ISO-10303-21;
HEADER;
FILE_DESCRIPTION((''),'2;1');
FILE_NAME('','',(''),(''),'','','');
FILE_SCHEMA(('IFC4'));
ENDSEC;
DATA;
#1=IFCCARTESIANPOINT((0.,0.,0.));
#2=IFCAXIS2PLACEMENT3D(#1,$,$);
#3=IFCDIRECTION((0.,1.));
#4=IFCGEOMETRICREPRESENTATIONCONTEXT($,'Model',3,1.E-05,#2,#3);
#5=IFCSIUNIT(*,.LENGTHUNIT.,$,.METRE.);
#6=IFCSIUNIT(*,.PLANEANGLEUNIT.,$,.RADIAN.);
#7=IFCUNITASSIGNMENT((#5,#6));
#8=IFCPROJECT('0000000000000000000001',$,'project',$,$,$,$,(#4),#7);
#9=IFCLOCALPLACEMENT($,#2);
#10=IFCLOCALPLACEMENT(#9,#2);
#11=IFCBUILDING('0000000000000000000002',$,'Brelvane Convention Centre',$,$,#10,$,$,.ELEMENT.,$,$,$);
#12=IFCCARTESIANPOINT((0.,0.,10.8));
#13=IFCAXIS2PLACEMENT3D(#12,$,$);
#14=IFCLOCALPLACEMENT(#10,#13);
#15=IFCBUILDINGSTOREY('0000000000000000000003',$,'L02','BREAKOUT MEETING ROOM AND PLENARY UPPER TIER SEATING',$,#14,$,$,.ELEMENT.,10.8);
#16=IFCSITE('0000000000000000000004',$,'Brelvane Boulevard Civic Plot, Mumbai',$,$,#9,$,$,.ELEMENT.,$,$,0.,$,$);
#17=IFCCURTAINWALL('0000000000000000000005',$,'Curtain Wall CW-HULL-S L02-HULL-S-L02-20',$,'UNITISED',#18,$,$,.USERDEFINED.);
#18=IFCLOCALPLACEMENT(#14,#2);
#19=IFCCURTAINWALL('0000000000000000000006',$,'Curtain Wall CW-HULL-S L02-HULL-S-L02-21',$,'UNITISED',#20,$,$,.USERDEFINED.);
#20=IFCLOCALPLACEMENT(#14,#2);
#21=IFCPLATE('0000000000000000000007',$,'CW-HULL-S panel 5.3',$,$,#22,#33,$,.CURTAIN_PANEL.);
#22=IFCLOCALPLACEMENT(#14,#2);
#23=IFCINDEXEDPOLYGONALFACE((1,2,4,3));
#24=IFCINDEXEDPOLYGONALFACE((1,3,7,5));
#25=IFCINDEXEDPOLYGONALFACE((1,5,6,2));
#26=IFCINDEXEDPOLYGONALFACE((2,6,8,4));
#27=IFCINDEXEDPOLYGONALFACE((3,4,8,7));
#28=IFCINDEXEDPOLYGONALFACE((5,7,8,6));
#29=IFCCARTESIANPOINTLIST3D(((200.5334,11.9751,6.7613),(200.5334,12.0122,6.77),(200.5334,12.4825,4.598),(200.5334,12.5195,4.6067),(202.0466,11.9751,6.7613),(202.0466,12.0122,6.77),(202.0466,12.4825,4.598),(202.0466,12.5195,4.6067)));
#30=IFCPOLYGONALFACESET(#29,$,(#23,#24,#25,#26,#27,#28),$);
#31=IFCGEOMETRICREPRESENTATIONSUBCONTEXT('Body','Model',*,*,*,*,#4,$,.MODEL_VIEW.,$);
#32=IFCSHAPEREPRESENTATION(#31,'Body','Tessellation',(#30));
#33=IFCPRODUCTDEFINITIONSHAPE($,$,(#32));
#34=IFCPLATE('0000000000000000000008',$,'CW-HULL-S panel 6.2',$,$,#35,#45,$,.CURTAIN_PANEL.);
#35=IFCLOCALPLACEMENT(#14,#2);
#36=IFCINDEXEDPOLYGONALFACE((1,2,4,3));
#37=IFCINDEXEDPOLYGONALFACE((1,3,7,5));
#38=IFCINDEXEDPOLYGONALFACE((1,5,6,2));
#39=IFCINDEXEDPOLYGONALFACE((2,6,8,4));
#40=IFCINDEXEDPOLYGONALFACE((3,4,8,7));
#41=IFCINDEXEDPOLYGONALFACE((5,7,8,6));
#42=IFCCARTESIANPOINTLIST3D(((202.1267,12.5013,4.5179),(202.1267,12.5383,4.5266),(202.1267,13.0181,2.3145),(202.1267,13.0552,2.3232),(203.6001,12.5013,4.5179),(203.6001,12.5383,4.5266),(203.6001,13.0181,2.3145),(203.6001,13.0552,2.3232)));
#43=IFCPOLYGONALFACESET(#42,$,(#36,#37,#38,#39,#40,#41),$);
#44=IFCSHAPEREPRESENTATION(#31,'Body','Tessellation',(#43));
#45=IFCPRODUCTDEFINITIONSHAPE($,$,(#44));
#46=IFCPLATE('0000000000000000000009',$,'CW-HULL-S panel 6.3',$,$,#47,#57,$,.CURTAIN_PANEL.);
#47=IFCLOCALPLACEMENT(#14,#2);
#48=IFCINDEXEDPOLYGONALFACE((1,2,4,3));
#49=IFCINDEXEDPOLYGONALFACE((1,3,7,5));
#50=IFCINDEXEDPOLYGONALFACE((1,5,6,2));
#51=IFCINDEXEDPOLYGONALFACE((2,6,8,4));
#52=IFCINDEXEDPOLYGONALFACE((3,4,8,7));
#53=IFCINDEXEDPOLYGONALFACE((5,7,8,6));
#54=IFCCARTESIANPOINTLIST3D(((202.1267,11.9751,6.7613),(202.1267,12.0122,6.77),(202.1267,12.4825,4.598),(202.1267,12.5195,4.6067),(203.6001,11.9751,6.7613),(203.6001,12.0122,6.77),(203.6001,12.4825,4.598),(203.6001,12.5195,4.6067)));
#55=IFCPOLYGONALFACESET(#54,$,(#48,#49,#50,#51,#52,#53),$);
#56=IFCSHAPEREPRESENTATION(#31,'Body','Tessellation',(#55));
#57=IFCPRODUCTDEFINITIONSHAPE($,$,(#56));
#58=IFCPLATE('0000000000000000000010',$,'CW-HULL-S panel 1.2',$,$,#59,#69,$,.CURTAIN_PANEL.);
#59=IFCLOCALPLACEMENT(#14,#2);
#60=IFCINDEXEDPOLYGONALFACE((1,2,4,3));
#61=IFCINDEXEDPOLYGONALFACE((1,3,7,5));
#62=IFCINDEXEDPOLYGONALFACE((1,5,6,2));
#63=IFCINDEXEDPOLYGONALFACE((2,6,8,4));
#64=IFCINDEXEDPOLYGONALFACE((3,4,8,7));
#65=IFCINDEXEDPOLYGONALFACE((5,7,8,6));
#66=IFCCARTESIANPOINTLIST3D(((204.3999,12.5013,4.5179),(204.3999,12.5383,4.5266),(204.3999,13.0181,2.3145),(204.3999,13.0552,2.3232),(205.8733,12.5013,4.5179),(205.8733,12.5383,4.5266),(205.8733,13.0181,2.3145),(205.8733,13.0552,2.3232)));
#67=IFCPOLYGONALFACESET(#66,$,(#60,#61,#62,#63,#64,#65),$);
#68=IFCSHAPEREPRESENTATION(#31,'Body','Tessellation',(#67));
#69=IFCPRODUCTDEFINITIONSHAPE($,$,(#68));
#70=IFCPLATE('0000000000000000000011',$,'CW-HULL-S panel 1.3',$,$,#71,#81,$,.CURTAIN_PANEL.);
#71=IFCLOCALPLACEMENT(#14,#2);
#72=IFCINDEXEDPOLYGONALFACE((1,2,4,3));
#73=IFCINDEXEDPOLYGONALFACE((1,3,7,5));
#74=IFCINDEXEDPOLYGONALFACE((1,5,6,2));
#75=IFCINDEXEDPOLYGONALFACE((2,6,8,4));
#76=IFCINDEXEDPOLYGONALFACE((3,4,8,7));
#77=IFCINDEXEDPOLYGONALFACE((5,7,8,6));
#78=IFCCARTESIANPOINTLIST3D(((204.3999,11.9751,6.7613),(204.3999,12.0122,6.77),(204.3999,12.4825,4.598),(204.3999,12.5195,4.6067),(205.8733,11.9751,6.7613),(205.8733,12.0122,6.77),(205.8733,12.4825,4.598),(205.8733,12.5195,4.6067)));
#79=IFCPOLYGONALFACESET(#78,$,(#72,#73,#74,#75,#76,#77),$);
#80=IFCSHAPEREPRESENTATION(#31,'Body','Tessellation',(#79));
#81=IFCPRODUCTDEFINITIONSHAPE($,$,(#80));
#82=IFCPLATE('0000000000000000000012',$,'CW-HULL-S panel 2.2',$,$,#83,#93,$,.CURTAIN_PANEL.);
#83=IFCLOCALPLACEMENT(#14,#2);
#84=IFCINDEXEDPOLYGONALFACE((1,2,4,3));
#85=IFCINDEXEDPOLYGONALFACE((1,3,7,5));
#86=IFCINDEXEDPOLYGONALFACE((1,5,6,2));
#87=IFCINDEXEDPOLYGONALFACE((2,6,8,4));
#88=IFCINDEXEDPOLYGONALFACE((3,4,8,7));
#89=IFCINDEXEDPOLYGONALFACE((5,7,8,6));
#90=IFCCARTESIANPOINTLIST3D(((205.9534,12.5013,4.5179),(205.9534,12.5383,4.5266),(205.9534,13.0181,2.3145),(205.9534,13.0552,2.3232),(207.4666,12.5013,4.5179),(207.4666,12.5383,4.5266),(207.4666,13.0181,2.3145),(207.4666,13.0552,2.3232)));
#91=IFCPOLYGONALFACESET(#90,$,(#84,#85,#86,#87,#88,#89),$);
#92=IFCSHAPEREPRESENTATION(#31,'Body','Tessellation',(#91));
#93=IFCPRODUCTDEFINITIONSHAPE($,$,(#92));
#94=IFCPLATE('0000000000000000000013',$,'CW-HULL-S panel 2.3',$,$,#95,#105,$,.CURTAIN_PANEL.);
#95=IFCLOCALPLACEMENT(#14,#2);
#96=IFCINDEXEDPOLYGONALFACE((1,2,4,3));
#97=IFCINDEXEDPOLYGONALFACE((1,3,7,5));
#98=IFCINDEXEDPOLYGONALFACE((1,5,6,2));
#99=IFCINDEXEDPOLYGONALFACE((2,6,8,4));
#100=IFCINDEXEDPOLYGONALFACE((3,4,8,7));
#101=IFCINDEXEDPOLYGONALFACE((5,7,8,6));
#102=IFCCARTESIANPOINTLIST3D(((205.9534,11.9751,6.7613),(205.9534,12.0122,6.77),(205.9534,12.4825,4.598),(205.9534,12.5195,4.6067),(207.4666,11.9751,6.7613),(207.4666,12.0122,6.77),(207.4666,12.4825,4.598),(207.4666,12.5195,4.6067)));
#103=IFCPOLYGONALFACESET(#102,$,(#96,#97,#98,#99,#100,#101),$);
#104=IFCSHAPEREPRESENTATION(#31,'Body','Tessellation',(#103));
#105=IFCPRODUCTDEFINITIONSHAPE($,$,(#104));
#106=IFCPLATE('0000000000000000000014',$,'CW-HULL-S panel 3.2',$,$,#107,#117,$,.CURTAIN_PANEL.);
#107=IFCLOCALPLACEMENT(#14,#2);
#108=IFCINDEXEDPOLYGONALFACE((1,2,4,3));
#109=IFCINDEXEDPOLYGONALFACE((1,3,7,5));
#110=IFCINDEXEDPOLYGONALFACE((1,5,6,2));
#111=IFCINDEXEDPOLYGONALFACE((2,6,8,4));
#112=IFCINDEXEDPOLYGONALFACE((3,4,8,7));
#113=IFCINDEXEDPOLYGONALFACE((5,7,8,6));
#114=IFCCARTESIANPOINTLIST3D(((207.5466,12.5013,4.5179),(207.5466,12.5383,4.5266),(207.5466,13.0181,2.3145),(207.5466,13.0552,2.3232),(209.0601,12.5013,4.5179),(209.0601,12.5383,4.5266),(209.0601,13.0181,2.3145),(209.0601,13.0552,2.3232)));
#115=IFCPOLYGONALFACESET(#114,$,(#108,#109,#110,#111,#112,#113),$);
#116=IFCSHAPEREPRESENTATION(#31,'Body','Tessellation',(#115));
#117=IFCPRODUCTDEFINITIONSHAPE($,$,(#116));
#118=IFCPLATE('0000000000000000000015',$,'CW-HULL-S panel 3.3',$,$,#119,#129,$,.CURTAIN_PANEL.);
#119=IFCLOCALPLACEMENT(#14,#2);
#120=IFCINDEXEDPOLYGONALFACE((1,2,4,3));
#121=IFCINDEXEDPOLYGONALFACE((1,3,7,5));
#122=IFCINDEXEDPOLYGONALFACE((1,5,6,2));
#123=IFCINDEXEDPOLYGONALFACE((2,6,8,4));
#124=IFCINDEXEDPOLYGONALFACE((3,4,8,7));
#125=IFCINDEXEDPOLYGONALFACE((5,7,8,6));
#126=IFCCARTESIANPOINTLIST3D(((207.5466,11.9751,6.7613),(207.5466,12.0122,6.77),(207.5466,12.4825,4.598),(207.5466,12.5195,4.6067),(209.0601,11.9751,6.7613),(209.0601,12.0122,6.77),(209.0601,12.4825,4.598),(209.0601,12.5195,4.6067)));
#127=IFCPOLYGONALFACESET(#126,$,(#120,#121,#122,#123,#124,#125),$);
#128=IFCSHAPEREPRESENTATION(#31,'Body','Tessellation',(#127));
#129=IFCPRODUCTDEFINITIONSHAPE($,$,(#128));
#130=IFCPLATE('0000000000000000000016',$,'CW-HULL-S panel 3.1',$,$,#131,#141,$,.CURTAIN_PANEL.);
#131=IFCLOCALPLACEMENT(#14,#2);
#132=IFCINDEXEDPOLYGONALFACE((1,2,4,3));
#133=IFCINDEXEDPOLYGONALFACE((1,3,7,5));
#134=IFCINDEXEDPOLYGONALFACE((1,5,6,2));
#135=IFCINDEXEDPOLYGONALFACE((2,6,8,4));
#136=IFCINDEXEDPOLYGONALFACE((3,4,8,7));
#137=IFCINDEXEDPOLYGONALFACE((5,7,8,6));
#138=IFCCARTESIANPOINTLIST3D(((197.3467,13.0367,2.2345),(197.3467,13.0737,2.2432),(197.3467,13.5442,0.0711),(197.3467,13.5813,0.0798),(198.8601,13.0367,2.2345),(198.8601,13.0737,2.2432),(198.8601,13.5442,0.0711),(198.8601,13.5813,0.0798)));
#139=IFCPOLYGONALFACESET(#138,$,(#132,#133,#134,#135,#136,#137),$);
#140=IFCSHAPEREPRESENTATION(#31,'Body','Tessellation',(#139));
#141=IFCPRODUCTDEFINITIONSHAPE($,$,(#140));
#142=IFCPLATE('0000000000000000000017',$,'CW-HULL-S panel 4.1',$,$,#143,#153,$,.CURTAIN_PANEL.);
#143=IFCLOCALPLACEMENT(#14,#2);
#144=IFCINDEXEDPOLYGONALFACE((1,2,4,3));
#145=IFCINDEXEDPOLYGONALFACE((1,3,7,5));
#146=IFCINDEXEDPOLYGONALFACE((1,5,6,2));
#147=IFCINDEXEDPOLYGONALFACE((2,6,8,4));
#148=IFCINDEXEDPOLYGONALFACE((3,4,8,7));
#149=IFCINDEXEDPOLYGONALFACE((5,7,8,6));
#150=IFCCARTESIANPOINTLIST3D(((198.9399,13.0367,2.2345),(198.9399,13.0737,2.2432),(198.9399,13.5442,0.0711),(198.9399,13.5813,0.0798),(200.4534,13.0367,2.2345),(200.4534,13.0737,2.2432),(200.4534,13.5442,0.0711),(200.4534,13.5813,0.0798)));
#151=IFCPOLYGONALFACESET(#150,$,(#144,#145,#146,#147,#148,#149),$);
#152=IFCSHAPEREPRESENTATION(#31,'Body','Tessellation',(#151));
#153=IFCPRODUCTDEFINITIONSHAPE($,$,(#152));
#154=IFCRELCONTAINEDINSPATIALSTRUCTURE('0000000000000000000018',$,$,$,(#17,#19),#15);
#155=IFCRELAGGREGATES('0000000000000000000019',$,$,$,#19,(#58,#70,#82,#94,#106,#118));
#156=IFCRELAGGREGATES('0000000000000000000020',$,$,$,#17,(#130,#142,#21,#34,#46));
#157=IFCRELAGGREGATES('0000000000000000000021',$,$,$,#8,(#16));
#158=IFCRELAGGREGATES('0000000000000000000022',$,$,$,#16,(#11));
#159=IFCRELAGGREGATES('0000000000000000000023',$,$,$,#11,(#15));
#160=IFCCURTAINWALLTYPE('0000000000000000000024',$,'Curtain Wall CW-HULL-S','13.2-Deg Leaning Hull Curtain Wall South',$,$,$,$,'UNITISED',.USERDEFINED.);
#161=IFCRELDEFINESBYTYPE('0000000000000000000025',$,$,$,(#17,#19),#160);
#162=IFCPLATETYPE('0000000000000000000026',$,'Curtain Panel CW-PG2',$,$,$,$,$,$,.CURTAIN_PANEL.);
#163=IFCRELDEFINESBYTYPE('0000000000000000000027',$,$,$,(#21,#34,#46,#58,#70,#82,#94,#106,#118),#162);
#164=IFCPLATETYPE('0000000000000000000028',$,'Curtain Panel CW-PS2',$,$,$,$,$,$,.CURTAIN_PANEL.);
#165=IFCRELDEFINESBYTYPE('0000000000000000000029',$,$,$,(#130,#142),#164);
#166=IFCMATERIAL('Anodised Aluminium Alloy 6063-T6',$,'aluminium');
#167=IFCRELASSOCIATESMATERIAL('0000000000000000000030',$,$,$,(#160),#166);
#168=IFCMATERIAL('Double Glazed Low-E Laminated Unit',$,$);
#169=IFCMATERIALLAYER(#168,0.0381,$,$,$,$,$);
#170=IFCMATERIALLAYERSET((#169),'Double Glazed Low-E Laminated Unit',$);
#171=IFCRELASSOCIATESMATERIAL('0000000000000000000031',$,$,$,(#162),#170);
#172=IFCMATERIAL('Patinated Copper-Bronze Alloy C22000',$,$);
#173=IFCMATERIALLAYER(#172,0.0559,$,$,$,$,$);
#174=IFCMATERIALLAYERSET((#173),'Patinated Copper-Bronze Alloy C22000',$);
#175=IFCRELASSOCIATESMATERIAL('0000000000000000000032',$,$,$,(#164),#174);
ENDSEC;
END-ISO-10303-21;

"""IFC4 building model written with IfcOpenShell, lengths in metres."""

from ifc_helpers import new_model, si_unit, direction, frame, origin, place, context, subcontext, project, spatial, polyline, outline, extrude, material, layer, layer_set, type_object, element, aggregate, save


model = new_model("IFC4")

# Units and contexts
model_context = context("Model", 3, precision=1e-05, world=origin(), true_north=direction((0.0, 1.0)))
body_context = subcontext(model_context, "Body", "Model", "MODEL_VIEW")
ifc_project = project(units=[si_unit("LENGTHUNIT", "METRE"), si_unit("PLANEANGLEUNIT", "RADIAN")], contexts=[model_context])

# Site, building, storey
site_placement = place(None, origin())
site = spatial("IfcSite", under=ifc_project, at=site_placement, Name="Brelvane Boulevard Civic Plot, Mumbai", CompositionType="ELEMENT", RefElevation=0.0)
building_placement = place(site_placement, origin())
building = spatial("IfcBuilding", under=site, at=building_placement, Name="Brelvane Convention Centre", CompositionType="ELEMENT")
storey_placement = place(building_placement, frame((0.0, 0.0, 10.8)))
storey = spatial("IfcBuildingStorey", under=building, at=storey_placement, Name="L02", Description="BREAKOUT MEETING ROOM AND PLENARY UPPER TIER SEATING", CompositionType="ELEMENT", Elevation=10.8)

# Curtain walls
ifc_material_1 = material(Name="Anodised Aluminium Alloy 6063-T6", Category="aluminium")
curtain_wall_type = type_object("IfcCurtainWallType", Name="Curtain Wall CW-HULL-S", Description="13.2-Deg Leaning Hull Curtain Wall South", ElementType="UNITISED", PredefinedType="USERDEFINED", material=ifc_material_1)
curtain_wall_1_placement = place(storey_placement, origin())
curtain_wall_1 = element("IfcCurtainWall", 1, at=curtain_wall_1_placement, inside=storey, type_object=curtain_wall_type, Name="Curtain Wall CW-HULL-S L02-HULL-S-L02-20", ObjectType="UNITISED", PredefinedType="USERDEFINED")
curtain_wall_2_placement = place(storey_placement, origin())
curtain_wall_2 = element("IfcCurtainWall", 2, at=curtain_wall_2_placement, inside=storey, type_object=curtain_wall_type, Name="Curtain Wall CW-HULL-S L02-HULL-S-L02-21", ObjectType="UNITISED", PredefinedType="USERDEFINED")

# Plates
ifc_material_2 = material(Name="Double Glazed Low-E Laminated Unit")
ifc_layer_1 = layer(ifc_material_2, 0.0381)
ifc_layer_set_1 = layer_set([ifc_layer_1], Name="Double Glazed Low-E Laminated Unit")
plate_type_1 = type_object("IfcPlateType", Name="Curtain Panel CW-PG2", PredefinedType="CURTAIN_PANEL", material=ifc_layer_set_1)
plate_1_placement = place(storey_placement, frame((200.5334, 12.5195, 4.6067), z_axis=(0.0, 0.973587, 0.228317), x_axis=(1.0, 0.0, 0.0)))
plate_1 = element("IfcPlate", 3, at=plate_1_placement, type_object=plate_type_1, Name="CW-HULL-S panel 5.3", PredefinedType="CURTAIN_PANEL", context=body_context, shape_type="SweptSolid", body=[
    extrude(outline(polyline([(0.0, 0.0), (1.5132, 0.0), (1.5132, -2.222), (0.0, -2.222), (0.0, 0.0)])), origin(), (0.0, 0.0, -1.0), 0.0381),
])
plate_2_placement = place(storey_placement, frame((202.1267, 13.0552, 2.3232), z_axis=(0.0, 0.973574, 0.228372), x_axis=(1.0, 0.0, 0.0)))
plate_2 = element("IfcPlate", 4, at=plate_2_placement, type_object=plate_type_1, Name="CW-HULL-S panel 6.2", PredefinedType="CURTAIN_PANEL", context=body_context, shape_type="SweptSolid", body=[
    extrude(outline(polyline([(0.0, 0.0), (1.4734, 0.0), (1.4734, -2.2632), (0.0, -2.2632), (0.0, 0.0)])), origin(), (0.0, 0.0, -1.0), 0.0381),
])
plate_3_placement = place(storey_placement, frame((202.1267, 12.5195, 4.6067), z_axis=(0.0, 0.973587, 0.228317), x_axis=(1.0, 0.0, 0.0)))
plate_3 = element("IfcPlate", 5, at=plate_3_placement, type_object=plate_type_1, Name="CW-HULL-S panel 6.3", PredefinedType="CURTAIN_PANEL", context=body_context, shape_type="SweptSolid", body=[
    extrude(outline(polyline([(0.0, 0.0), (1.4734, 0.0), (1.4734, -2.222), (0.0, -2.222), (0.0, 0.0)])), origin(), (0.0, 0.0, -1.0), 0.0381),
])
plate_4_placement = place(storey_placement, frame((204.3999, 13.0552, 2.3232), z_axis=(0.0, 0.973574, 0.228372), x_axis=(1.0, 0.0, 0.0)))
plate_4 = element("IfcPlate", 6, at=plate_4_placement, type_object=plate_type_1, Name="CW-HULL-S panel 1.2", PredefinedType="CURTAIN_PANEL", context=body_context, shape_type="SweptSolid", body=[
    extrude(outline(polyline([(0.0, 0.0), (1.4734, 0.0), (1.4734, -2.2632), (0.0, -2.2632), (0.0, 0.0)])), origin(), (0.0, 0.0, -1.0), 0.0381),
])
plate_5_placement = place(storey_placement, frame((204.3999, 12.5195, 4.6067), z_axis=(0.0, 0.973587, 0.228317), x_axis=(1.0, 0.0, 0.0)))
plate_5 = element("IfcPlate", 7, at=plate_5_placement, type_object=plate_type_1, Name="CW-HULL-S panel 1.3", PredefinedType="CURTAIN_PANEL", context=body_context, shape_type="SweptSolid", body=[
    extrude(outline(polyline([(0.0, 0.0), (1.4734, 0.0), (1.4734, -2.222), (0.0, -2.222), (0.0, 0.0)])), origin(), (0.0, 0.0, -1.0), 0.0381),
])
plate_6_placement = place(storey_placement, frame((205.9534, 13.0552, 2.3232), z_axis=(0.0, 0.973574, 0.228372), x_axis=(1.0, 0.0, 0.0)))
plate_6 = element("IfcPlate", 8, at=plate_6_placement, type_object=plate_type_1, Name="CW-HULL-S panel 2.2", PredefinedType="CURTAIN_PANEL", context=body_context, shape_type="SweptSolid", body=[
    extrude(outline(polyline([(0.0, 0.0), (1.5132, 0.0), (1.5132, -2.2632), (0.0, -2.2632), (0.0, 0.0)])), origin(), (0.0, 0.0, -1.0), 0.0381),
])
plate_7_placement = place(storey_placement, frame((205.9534, 12.5195, 4.6067), z_axis=(0.0, 0.973587, 0.228317), x_axis=(1.0, 0.0, 0.0)))
plate_7 = element("IfcPlate", 9, at=plate_7_placement, type_object=plate_type_1, Name="CW-HULL-S panel 2.3", PredefinedType="CURTAIN_PANEL", context=body_context, shape_type="SweptSolid", body=[
    extrude(outline(polyline([(0.0, 0.0), (1.5132, 0.0), (1.5132, -2.222), (0.0, -2.222), (0.0, 0.0)])), origin(), (0.0, 0.0, -1.0), 0.0381),
])
plate_8_placement = place(storey_placement, frame((207.5466, 13.0552, 2.3232), z_axis=(0.0, 0.973574, 0.228372), x_axis=(1.0, 0.0, 0.0)))
plate_8 = element("IfcPlate", 10, at=plate_8_placement, type_object=plate_type_1, Name="CW-HULL-S panel 3.2", PredefinedType="CURTAIN_PANEL", context=body_context, shape_type="SweptSolid", body=[
    extrude(outline(polyline([(0.0, 0.0), (1.5134, 0.0), (1.5134, -2.2632), (0.0, -2.2632), (0.0, 0.0)])), origin(), (0.0, 0.0, -1.0), 0.0381),
])
plate_9_placement = place(storey_placement, frame((207.5466, 12.5195, 4.6067), z_axis=(0.0, 0.973587, 0.228317), x_axis=(1.0, 0.0, 0.0)))
plate_9 = element("IfcPlate", 11, at=plate_9_placement, type_object=plate_type_1, Name="CW-HULL-S panel 3.3", PredefinedType="CURTAIN_PANEL", context=body_context, shape_type="SweptSolid", body=[
    extrude(outline(polyline([(0.0, 0.0), (1.5134, 0.0), (1.5134, -2.222), (0.0, -2.222), (0.0, 0.0)])), origin(), (0.0, 0.0, -1.0), 0.0381),
])
aggregate(curtain_wall_2, [plate_4, plate_5, plate_6, plate_7, plate_8, plate_9])
ifc_material_3 = material(Name="Patinated Copper-Bronze Alloy C22000")
ifc_layer_2 = layer(ifc_material_3, 0.0559)
ifc_layer_set_2 = layer_set([ifc_layer_2], Name="Patinated Copper-Bronze Alloy C22000")
plate_type_2 = type_object("IfcPlateType", Name="Curtain Panel CW-PS2", PredefinedType="CURTAIN_PANEL", material=ifc_layer_set_2)
plate_10_placement = place(storey_placement, frame((197.3467, 13.5813, 0.0798), z_axis=(0.0, 0.973563, 0.228421), x_axis=(1.0, 0.0, 0.0)))
plate_10 = element("IfcPlate", 12, at=plate_10_placement, type_object=plate_type_2, Name="CW-HULL-S panel 3.1", PredefinedType="CURTAIN_PANEL", context=body_context, shape_type="SweptSolid", body=[
    extrude(outline(polyline([(0.0, 0.0), (1.5134, 0.0), (1.5134, -2.2221), (0.0, -2.2221), (0.0, 0.0)])), origin(), (0.0, 0.0, -1.0), 0.0381),
])
plate_11_placement = place(storey_placement, frame((198.9399, 13.5813, 0.0798), z_axis=(0.0, 0.973563, 0.228421), x_axis=(1.0, 0.0, 0.0)))
plate_11 = element("IfcPlate", 13, at=plate_11_placement, type_object=plate_type_2, Name="CW-HULL-S panel 4.1", PredefinedType="CURTAIN_PANEL", context=body_context, shape_type="SweptSolid", body=[
    extrude(outline(polyline([(0.0, 0.0), (1.5134, 0.0), (1.5134, -2.2221), (0.0, -2.2221), (0.0, 0.0)])), origin(), (0.0, 0.0, -1.0), 0.0381),
])
aggregate(curtain_wall_1, [plate_10, plate_11, plate_1, plate_2, plate_3])

save(model, "model.ifc")
